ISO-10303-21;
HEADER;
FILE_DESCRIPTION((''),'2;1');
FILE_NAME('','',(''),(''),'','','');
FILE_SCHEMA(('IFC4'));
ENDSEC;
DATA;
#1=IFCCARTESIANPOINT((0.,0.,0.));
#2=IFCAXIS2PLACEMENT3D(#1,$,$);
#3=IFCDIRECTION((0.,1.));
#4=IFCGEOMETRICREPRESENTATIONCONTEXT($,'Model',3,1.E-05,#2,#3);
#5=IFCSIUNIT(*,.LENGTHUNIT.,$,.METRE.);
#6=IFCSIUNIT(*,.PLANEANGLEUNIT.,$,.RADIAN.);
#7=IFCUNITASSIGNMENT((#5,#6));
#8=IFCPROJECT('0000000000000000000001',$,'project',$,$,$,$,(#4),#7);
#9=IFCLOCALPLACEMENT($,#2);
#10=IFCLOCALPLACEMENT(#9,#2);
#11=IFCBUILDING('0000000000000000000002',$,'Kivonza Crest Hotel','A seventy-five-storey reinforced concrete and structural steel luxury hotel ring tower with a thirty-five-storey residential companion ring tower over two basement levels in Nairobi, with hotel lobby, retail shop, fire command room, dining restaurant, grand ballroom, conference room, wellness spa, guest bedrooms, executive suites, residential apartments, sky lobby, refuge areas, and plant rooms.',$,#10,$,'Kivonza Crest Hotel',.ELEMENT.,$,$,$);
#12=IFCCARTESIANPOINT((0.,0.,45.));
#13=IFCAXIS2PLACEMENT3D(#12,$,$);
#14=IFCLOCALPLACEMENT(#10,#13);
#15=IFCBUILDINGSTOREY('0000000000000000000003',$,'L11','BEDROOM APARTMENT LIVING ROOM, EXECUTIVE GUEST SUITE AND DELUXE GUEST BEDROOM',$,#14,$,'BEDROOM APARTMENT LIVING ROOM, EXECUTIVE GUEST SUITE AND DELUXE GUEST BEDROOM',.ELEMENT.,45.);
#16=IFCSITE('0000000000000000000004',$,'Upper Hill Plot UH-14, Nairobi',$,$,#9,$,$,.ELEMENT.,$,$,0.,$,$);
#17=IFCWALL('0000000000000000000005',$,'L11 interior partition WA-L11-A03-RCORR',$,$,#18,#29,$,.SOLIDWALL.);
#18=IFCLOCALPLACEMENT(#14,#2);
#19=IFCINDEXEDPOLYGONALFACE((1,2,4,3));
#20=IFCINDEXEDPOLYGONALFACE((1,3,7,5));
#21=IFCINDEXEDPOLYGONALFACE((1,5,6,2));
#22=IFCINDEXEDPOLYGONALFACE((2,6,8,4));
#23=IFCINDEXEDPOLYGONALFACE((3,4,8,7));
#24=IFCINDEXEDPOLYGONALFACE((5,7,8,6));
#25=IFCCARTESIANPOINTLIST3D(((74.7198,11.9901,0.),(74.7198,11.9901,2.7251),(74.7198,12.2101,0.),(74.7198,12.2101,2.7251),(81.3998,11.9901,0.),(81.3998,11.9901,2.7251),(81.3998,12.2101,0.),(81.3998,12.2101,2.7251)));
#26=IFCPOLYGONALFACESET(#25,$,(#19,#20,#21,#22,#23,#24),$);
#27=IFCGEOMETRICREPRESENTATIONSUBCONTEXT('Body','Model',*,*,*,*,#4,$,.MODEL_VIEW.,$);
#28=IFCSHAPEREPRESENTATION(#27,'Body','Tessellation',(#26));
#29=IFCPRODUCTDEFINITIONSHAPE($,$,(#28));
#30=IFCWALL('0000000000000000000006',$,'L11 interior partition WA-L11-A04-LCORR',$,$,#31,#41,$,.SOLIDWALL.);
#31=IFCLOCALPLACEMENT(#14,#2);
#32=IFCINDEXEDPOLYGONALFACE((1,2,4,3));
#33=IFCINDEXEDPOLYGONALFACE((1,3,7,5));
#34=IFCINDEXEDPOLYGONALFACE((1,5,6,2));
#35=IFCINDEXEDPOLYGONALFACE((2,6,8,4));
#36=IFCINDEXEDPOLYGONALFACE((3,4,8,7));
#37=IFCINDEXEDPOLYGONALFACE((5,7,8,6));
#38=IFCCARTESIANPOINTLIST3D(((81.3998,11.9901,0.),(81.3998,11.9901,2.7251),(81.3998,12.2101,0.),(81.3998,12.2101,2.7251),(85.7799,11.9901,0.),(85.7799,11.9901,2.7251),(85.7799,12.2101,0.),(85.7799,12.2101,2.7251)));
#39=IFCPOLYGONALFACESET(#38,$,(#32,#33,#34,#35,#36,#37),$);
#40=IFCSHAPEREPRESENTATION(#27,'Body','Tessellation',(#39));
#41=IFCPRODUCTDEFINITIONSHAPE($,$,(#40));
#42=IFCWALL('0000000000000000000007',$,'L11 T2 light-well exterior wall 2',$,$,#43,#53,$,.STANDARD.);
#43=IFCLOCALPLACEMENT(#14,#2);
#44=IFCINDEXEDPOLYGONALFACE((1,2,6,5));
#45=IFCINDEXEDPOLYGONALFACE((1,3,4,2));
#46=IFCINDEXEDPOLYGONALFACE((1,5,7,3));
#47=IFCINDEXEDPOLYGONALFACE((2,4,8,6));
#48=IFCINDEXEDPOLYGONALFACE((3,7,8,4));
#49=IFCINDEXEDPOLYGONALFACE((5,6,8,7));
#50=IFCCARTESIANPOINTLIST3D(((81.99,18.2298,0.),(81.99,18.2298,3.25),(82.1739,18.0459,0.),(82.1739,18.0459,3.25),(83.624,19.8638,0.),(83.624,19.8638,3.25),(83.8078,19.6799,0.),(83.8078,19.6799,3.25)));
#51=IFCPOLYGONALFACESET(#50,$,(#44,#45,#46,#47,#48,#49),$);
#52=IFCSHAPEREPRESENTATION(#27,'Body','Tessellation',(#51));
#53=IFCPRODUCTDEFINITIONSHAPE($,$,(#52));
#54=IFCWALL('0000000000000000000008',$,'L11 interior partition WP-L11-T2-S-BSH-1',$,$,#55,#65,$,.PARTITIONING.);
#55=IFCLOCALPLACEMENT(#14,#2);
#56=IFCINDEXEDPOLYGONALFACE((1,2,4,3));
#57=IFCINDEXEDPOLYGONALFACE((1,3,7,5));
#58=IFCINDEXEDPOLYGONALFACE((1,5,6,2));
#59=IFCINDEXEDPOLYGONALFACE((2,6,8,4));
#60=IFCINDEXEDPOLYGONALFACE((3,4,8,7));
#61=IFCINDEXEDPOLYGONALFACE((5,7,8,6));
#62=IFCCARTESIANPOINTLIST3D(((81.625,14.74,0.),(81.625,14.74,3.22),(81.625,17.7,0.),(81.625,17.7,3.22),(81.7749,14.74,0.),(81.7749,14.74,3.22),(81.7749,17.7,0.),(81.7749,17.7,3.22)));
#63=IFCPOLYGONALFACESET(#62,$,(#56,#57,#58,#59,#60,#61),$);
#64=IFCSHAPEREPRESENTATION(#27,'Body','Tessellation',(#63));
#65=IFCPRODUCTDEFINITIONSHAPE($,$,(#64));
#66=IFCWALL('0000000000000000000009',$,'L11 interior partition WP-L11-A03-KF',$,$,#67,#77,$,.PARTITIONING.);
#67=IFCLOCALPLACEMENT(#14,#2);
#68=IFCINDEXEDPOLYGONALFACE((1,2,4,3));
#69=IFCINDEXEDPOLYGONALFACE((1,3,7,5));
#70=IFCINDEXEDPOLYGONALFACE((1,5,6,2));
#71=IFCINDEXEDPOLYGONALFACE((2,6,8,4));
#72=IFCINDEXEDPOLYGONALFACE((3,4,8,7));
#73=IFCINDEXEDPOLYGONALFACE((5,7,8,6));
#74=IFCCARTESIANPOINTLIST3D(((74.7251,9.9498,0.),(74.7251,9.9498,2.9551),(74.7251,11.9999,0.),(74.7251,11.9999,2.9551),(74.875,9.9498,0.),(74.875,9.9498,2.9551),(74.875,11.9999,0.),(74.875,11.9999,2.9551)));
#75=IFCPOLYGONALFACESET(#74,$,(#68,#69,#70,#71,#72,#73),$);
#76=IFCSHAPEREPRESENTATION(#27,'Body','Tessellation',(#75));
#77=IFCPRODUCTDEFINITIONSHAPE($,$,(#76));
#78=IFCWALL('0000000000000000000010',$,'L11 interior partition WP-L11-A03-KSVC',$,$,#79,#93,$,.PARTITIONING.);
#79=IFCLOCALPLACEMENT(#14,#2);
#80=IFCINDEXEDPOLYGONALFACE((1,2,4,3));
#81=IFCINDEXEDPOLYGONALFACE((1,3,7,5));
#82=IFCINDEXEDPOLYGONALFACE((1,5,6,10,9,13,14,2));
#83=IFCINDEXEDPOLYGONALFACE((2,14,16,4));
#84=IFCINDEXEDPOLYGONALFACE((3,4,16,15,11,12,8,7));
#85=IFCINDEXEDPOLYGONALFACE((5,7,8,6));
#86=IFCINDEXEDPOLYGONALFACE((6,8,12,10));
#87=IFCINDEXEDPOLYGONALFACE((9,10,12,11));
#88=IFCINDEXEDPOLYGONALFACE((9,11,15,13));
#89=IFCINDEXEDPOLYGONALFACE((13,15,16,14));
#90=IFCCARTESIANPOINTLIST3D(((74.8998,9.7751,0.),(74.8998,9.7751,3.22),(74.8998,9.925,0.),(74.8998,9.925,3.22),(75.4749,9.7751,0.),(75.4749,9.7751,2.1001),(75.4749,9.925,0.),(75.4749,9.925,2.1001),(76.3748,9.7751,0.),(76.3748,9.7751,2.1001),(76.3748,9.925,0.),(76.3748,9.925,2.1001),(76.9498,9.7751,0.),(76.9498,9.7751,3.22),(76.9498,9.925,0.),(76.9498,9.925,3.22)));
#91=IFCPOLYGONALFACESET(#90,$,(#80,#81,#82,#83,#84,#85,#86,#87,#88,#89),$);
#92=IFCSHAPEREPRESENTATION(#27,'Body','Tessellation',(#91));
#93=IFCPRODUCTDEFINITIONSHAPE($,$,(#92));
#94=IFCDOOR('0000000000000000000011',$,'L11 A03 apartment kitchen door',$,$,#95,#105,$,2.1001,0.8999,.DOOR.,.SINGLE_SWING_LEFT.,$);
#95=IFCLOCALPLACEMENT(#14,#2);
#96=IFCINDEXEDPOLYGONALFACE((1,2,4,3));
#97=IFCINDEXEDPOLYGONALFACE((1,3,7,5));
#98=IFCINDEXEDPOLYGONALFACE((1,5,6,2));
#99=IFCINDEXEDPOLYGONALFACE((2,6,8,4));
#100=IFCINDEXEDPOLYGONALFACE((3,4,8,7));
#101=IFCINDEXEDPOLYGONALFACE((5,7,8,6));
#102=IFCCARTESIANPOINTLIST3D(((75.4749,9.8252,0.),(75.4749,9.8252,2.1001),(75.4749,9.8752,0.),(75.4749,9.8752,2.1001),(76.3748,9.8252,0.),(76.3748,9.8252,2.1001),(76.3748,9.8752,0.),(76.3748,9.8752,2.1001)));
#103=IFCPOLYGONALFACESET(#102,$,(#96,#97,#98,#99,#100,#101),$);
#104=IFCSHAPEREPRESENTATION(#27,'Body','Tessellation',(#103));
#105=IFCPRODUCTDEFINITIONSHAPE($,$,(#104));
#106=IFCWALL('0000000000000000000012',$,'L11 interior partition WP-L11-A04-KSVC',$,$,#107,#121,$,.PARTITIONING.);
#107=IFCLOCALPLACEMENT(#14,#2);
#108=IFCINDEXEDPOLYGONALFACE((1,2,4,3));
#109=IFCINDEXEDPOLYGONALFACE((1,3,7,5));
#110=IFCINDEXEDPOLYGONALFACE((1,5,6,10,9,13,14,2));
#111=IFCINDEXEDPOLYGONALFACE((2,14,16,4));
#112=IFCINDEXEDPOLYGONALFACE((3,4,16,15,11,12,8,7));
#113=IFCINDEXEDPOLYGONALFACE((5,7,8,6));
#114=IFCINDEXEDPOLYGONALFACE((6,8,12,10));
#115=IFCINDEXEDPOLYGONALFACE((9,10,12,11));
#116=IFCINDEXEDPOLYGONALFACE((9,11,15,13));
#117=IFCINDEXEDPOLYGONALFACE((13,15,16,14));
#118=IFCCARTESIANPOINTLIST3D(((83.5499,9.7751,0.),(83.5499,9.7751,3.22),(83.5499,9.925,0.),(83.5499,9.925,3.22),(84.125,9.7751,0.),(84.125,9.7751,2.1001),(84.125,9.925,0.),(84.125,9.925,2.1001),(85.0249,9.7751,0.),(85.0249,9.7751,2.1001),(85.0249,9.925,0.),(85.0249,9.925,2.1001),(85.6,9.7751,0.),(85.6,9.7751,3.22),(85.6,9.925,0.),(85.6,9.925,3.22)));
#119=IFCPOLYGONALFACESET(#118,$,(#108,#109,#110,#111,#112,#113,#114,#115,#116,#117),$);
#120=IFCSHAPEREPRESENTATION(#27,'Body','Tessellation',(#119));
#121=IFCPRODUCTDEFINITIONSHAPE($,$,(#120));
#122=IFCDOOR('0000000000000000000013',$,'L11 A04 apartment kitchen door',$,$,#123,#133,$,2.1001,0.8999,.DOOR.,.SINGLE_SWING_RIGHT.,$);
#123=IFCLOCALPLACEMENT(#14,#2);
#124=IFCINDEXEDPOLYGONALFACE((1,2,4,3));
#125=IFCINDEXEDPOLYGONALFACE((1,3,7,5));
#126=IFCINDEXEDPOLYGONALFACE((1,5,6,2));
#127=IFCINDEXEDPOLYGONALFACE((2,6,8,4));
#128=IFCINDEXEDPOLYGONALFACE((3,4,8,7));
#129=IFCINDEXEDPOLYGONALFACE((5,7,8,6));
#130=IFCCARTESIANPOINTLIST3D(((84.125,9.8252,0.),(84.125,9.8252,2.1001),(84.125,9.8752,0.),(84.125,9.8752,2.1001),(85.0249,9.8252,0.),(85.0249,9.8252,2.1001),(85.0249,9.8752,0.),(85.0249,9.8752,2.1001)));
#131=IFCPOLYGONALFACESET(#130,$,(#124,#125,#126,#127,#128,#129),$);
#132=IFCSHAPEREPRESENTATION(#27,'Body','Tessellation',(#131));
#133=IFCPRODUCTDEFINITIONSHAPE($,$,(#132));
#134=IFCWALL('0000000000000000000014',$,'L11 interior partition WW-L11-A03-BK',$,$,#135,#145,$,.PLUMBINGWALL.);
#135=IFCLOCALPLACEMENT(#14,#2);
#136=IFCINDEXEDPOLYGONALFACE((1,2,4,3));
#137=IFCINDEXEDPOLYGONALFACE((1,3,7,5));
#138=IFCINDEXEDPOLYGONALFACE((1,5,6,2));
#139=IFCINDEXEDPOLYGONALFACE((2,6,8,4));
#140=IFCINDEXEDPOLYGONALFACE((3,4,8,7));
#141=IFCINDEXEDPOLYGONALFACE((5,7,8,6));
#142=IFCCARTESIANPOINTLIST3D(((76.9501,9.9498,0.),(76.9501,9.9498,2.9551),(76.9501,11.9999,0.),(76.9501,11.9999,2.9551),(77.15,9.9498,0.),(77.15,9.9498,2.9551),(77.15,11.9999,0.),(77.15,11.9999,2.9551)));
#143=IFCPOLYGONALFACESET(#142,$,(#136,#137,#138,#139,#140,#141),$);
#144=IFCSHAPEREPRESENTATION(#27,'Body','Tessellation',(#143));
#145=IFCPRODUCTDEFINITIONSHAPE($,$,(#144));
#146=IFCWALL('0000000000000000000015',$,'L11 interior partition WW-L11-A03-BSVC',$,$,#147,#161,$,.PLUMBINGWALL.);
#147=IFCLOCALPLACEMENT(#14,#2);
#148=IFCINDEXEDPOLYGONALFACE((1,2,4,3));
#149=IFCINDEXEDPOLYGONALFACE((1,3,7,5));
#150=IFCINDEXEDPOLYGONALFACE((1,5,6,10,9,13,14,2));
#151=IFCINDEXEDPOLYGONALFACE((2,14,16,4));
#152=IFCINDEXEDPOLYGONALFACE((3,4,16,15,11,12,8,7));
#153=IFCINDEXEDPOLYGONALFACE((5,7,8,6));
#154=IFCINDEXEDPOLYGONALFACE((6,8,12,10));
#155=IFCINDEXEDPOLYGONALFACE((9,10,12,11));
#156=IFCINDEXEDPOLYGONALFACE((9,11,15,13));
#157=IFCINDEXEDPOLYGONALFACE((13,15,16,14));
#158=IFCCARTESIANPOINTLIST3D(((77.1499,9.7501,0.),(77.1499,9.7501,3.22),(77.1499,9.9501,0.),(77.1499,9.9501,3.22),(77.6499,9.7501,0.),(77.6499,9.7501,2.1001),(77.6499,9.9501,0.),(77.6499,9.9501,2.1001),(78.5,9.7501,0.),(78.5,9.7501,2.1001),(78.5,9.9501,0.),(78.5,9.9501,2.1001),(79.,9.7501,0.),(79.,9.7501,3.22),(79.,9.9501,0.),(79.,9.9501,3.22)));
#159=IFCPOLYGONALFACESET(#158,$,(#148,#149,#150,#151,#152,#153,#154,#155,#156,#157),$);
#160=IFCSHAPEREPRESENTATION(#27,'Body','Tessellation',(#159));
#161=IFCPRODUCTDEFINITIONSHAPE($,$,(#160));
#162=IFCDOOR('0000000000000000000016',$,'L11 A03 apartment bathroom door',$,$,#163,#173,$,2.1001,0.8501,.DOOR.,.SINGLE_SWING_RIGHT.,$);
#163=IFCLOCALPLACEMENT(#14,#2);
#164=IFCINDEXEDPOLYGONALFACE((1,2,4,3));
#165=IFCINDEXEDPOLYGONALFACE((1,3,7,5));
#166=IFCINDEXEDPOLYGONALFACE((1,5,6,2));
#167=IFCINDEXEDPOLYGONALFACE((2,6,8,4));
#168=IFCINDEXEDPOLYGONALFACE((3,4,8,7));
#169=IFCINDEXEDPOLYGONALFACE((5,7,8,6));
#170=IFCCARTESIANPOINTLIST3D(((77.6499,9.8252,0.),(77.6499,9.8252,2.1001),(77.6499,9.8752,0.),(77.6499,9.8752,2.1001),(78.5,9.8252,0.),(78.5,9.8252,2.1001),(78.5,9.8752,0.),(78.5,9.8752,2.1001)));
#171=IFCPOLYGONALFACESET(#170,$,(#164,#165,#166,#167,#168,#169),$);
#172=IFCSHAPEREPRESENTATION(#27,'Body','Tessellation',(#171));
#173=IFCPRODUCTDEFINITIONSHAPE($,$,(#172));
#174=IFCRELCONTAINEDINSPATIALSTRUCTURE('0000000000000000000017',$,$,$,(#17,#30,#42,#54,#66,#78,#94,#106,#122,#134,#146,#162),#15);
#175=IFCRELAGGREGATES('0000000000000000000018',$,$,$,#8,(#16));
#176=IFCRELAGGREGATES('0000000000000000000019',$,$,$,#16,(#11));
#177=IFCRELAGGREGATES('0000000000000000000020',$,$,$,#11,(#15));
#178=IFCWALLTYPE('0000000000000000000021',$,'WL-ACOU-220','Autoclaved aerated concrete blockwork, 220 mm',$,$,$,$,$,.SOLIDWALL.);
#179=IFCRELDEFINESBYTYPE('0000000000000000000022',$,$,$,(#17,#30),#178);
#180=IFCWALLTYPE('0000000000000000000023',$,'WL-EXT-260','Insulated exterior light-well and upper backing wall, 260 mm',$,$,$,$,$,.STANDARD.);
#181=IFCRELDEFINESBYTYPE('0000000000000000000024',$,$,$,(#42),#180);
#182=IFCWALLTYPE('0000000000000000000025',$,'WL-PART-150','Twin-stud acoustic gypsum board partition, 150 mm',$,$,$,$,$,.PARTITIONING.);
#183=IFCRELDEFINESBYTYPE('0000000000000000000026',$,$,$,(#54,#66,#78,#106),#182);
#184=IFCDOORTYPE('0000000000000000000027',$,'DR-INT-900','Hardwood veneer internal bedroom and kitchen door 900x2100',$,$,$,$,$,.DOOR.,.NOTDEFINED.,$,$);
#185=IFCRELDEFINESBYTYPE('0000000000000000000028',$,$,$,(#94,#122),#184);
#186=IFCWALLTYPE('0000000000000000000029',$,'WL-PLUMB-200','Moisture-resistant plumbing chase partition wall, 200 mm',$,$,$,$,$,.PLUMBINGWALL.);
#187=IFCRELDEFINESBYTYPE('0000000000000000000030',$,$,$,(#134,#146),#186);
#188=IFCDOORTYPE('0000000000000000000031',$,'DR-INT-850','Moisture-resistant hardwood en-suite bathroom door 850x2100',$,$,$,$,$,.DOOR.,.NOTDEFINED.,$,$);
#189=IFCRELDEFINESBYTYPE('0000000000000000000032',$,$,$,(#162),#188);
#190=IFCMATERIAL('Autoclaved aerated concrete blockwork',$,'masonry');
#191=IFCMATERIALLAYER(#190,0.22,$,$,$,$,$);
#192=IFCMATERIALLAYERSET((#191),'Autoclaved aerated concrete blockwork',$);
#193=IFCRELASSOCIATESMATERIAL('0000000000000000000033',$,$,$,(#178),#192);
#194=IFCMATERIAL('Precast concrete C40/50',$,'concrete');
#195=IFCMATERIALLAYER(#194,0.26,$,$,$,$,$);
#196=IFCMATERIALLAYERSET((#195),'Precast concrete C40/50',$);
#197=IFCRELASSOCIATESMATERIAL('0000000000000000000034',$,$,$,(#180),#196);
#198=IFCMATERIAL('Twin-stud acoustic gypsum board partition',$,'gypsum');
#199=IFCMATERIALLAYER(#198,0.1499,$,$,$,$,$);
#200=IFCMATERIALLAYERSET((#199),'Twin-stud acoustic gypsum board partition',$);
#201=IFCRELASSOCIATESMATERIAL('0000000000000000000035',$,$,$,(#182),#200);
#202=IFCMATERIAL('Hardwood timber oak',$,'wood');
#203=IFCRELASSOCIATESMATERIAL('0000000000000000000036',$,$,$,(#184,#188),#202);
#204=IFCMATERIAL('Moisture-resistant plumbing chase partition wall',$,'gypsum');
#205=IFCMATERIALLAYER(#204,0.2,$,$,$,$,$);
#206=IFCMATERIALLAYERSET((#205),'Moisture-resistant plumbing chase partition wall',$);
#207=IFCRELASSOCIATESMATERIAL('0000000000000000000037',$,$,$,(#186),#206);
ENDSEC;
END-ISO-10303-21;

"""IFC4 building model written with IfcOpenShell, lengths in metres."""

from ifc_helpers import new_model, si_unit, direction, frame, frame_2d, origin, place, context, subcontext, project, spatial, rectangle, extrude, material, layer, layer_set, type_object, element, fill, save


model = new_model("IFC4")

# Units and contexts
model_context = context("Model", 3, precision=1e-05, world=origin(), true_north=direction((0.0, 1.0)))
body_context = subcontext(model_context, "Body", "Model", "MODEL_VIEW")
ifc_project = project(units=[si_unit("LENGTHUNIT", "METRE"), si_unit("PLANEANGLEUNIT", "RADIAN")], contexts=[model_context])

# Site, building, storey
site_placement = place(None, origin())
site = spatial("IfcSite", under=ifc_project, at=site_placement, Name="Upper Hill Plot UH-14, Nairobi", CompositionType="ELEMENT", RefElevation=0.0)
building_placement = place(site_placement, origin())
building = spatial("IfcBuilding", under=site, at=building_placement, Name="Kivonza Crest Hotel", Description="A seventy-five-storey reinforced concrete and structural steel luxury hotel ring tower with a thirty-five-storey residential companion ring tower over two basement levels in Nairobi, with hotel lobby, retail shop, fire command room, dining restaurant, grand ballroom, conference room, wellness spa, guest bedrooms, executive suites, residential apartments, sky lobby, refuge areas, and plant rooms.", LongName="Kivonza Crest Hotel", CompositionType="ELEMENT")
storey_placement = place(building_placement, frame((0.0, 0.0, 45.0)))
storey = spatial("IfcBuildingStorey", under=building, at=storey_placement, Name="L11", Description="BEDROOM APARTMENT LIVING ROOM, EXECUTIVE GUEST SUITE AND DELUXE GUEST BEDROOM", LongName="BEDROOM APARTMENT LIVING ROOM, EXECUTIVE GUEST SUITE AND DELUXE GUEST BEDROOM", CompositionType="ELEMENT", Elevation=45.0)

# Walls
ifc_material_1 = material(Name="Autoclaved aerated concrete blockwork", Category="masonry")
ifc_layer_1 = layer(ifc_material_1, 0.22)
ifc_layer_set_1 = layer_set([ifc_layer_1], Name="Autoclaved aerated concrete blockwork")
wall_type_1 = type_object("IfcWallType", Name="WL-ACOU-220", Description="Autoclaved aerated concrete blockwork, 220 mm", PredefinedType="SOLIDWALL", material=ifc_layer_set_1)
wall_1_placement = place(storey_placement, frame((74.72, 12.1001, 0.0), z_axis=(0.0, 0.0, 1.0), x_axis=(1.0, 0.0, 0.0)))
element("IfcWall", 1, at=wall_1_placement, inside=storey, type_object=wall_type_1, Name="L11 interior partition WA-L11-A03-RCORR", PredefinedType="SOLIDWALL", context=body_context, shape_type="SweptSolid", body=[
    extrude(rectangle(XDim=6.6799, YDim=0.22, at=frame_2d((3.3398, 0.0))), origin(), (0.0, 0.0, 1.0), 2.7251),
])
wall_2_placement = place(storey_placement, frame((81.3999, 12.1001, 0.0), z_axis=(0.0, 0.0, 1.0), x_axis=(1.0, 0.0, 0.0)))
element("IfcWall", 2, at=wall_2_placement, inside=storey, type_object=wall_type_1, Name="L11 interior partition WA-L11-A04-LCORR", PredefinedType="SOLIDWALL", context=body_context, shape_type="SweptSolid", body=[
    extrude(rectangle(XDim=4.3801, YDim=0.22, at=frame_2d((2.1899, 0.0))), origin(), (0.0, 0.0, 1.0), 2.7251),
])
ifc_material_2 = material(Name="Precast concrete C40/50", Category="concrete")
ifc_layer_2 = layer(ifc_material_2, 0.26)
ifc_layer_set_2 = layer_set([ifc_layer_2], Name="Precast concrete C40/50")
wall_type_2 = type_object("IfcWallType", Name="WL-EXT-260", Description="Insulated exterior light-well and upper backing wall, 260 mm", PredefinedType="STANDARD", material=ifc_layer_set_2)
wall_3_placement = place(storey_placement, frame((82.082, 18.1379, 0.0), z_axis=(0.0, 0.0, 1.0), x_axis=(0.707107, 0.707107, 0.0)))
element("IfcWall", 3, at=wall_3_placement, inside=storey, type_object=wall_type_2, Name="L11 T2 light-well exterior wall 2", PredefinedType="STANDARD", context=body_context, shape_type="SweptSolid", body=[
    extrude(rectangle(XDim=2.3108, YDim=0.26, at=frame_2d((1.1553, 0.0))), origin(), (0.0, 0.0, 1.0), 3.25),
])
ifc_material_3 = material(Name="Twin-stud acoustic gypsum board partition", Category="gypsum")
ifc_layer_3 = layer(ifc_material_3, 0.1499)
ifc_layer_set_3 = layer_set([ifc_layer_3], Name="Twin-stud acoustic gypsum board partition")
wall_type_3 = type_object("IfcWallType", Name="WL-PART-150", Description="Twin-stud acoustic gypsum board partition, 150 mm", PredefinedType="PARTITIONING", material=ifc_layer_set_3)
wall_4_placement = place(storey_placement, frame((81.7, 14.74, 0.0), z_axis=(0.0, 0.0, 1.0), x_axis=(0.0, 1.0, 0.0)))
element("IfcWall", 4, at=wall_4_placement, inside=storey, type_object=wall_type_3, Name="L11 interior partition WP-L11-T2-S-BSH-1", PredefinedType="PARTITIONING", context=body_context, shape_type="SweptSolid", body=[
    extrude(rectangle(XDim=2.96, YDim=0.1499, at=frame_2d((1.48, 0.0))), origin(), (0.0, 0.0, 1.0), 3.22),
])
wall_5_placement = place(storey_placement, frame((74.8, 9.95, 0.0), z_axis=(0.0, 0.0, 1.0), x_axis=(0.0, 1.0, 0.0)))
element("IfcWall", 5, at=wall_5_placement, inside=storey, type_object=wall_type_3, Name="L11 interior partition WP-L11-A03-KF", PredefinedType="PARTITIONING", context=body_context, shape_type="SweptSolid", body=[
    extrude(rectangle(XDim=2.05, YDim=0.1499, at=frame_2d((1.0249, 0.0))), origin(), (0.0, 0.0, 1.0), 2.9551),
])

# Walls, openings, doors
wall_6_placement = place(storey_placement, frame((74.8999, 9.8501, 0.0), z_axis=(0.0, 0.0, 1.0), x_axis=(1.0, 0.0, 0.0)))
wall_6 = element("IfcWall", 6, at=wall_6_placement, inside=storey, type_object=wall_type_3, Name="L11 interior partition WP-L11-A03-KSVC", PredefinedType="PARTITIONING", context=body_context, shape_type="SweptSolid", body=[
    extrude(rectangle(XDim=2.05, YDim=0.1499, at=frame_2d((1.0249, 0.0))), origin(), (0.0, 0.0, 1.0), 3.22),
])
opening_1_placement = place(wall_6_placement, frame((0.575, 0.0, 0.0)))
opening_1 = element("IfcOpeningElement", 7, at=opening_1_placement, cuts=wall_6, PredefinedType="OPENING", context=body_context, shape_type="SweptSolid", body=[
    extrude(rectangle(XDim=0.8999, YDim=2.1001, at=frame_2d((0.45, 1.05))), frame((0.0, 0.085, 0.0), z_axis=(0.0, -1.0, 0.0), x_axis=(1.0, 0.0, 0.0)), (0.0, 0.0, 1.0), 0.1699),
])
ifc_material_4 = material(Name="Hardwood timber oak", Category="wood")
door_type_1 = type_object("IfcDoorType", Name="DR-INT-900", Description="Hardwood veneer internal bedroom and kitchen door 900x2100", OperationType="NOTDEFINED", PredefinedType="DOOR", material=ifc_material_4)
door_1_placement = place(opening_1_placement, frame((0.8999, 0.0, 0.0), z_axis=(0.0, 0.0, 1.0), x_axis=(-1.0, 0.0, 0.0)))
door_1 = element("IfcDoor", 8, at=door_1_placement, inside=storey, type_object=door_type_1, Name="L11 A03 apartment kitchen door", OperationType="SINGLE_SWING_LEFT", OverallHeight=2.1001, OverallWidth=0.8999, PredefinedType="DOOR", context=body_context, shape_type="SweptSolid", body=[
    extrude(rectangle(XDim=0.8999, YDim=2.1001, at=frame_2d((0.45, 1.05))), frame((0.0, 0.0249, 0.0), z_axis=(0.0, -1.0, 0.0), x_axis=(1.0, 0.0, 0.0)), (0.0, 0.0, 1.0), 0.05),
])
fill(opening_1, door_1)
wall_7_placement = place(storey_placement, frame((83.55, 9.8501, 0.0), z_axis=(0.0, 0.0, 1.0), x_axis=(1.0, 0.0, 0.0)))
wall_7 = element("IfcWall", 9, at=wall_7_placement, inside=storey, type_object=wall_type_3, Name="L11 interior partition WP-L11-A04-KSVC", PredefinedType="PARTITIONING", context=body_context, shape_type="SweptSolid", body=[
    extrude(rectangle(XDim=2.05, YDim=0.1499, at=frame_2d((1.0249, 0.0))), origin(), (0.0, 0.0, 1.0), 3.22),
])
opening_2_placement = place(wall_7_placement, frame((0.575, 0.0, 0.0)))
opening_2 = element("IfcOpeningElement", 10, at=opening_2_placement, cuts=wall_7, PredefinedType="OPENING", context=body_context, shape_type="SweptSolid", body=[
    extrude(rectangle(XDim=0.8999, YDim=2.1001, at=frame_2d((0.45, 1.05))), frame((0.0, 0.085, 0.0), z_axis=(0.0, -1.0, 0.0), x_axis=(1.0, 0.0, 0.0)), (0.0, 0.0, 1.0), 0.1699),
])
door_2_placement = place(opening_2_placement, frame((0.8999, 0.0, 0.0), z_axis=(0.0, 0.0, 1.0), x_axis=(-1.0, 0.0, 0.0)))
door_2 = element("IfcDoor", 11, at=door_2_placement, inside=storey, type_object=door_type_1, Name="L11 A04 apartment kitchen door", OperationType="SINGLE_SWING_RIGHT", OverallHeight=2.1001, OverallWidth=0.8999, PredefinedType="DOOR", context=body_context, shape_type="SweptSolid", body=[
    extrude(rectangle(XDim=0.8999, YDim=2.1001, at=frame_2d((0.45, 1.05))), frame((0.0, 0.0249, 0.0), z_axis=(0.0, -1.0, 0.0), x_axis=(1.0, 0.0, 0.0)), (0.0, 0.0, 1.0), 0.05),
])
fill(opening_2, door_2)

# Wall
ifc_material_5 = material(Name="Moisture-resistant plumbing chase partition wall", Category="gypsum")
ifc_layer_4 = layer(ifc_material_5, 0.2)
ifc_layer_set_4 = layer_set([ifc_layer_4], Name="Moisture-resistant plumbing chase partition wall")
wall_type_4 = type_object("IfcWallType", Name="WL-PLUMB-200", Description="Moisture-resistant plumbing chase partition wall, 200 mm", PredefinedType="PLUMBINGWALL", material=ifc_layer_set_4)
wall_8_placement = place(storey_placement, frame((77.05, 9.95, 0.0), z_axis=(0.0, 0.0, 1.0), x_axis=(0.0, 1.0, 0.0)))
element("IfcWall", 12, at=wall_8_placement, inside=storey, type_object=wall_type_4, Name="L11 interior partition WW-L11-A03-BK", PredefinedType="PLUMBINGWALL", context=body_context, shape_type="SweptSolid", body=[
    extrude(rectangle(XDim=2.05, YDim=0.2, at=frame_2d((1.0249, 0.0))), origin(), (0.0, 0.0, 1.0), 2.9551),
])

# Wall, opening, door
wall_9_placement = place(storey_placement, frame((77.1499, 9.8501, 0.0), z_axis=(0.0, 0.0, 1.0), x_axis=(1.0, 0.0, 0.0)))
wall_9 = element("IfcWall", 13, at=wall_9_placement, inside=storey, type_object=wall_type_4, Name="L11 interior partition WW-L11-A03-BSVC", PredefinedType="PLUMBINGWALL", context=body_context, shape_type="SweptSolid", body=[
    extrude(rectangle(XDim=1.8501, YDim=0.2, at=frame_2d((0.925, 0.0))), origin(), (0.0, 0.0, 1.0), 3.22),
])
opening_3_placement = place(wall_9_placement, frame((0.5, 0.0, 0.0)))
opening_3 = element("IfcOpeningElement", 14, at=opening_3_placement, cuts=wall_9, PredefinedType="OPENING", context=body_context, shape_type="SweptSolid", body=[
    extrude(rectangle(XDim=0.8501, YDim=2.1001, at=frame_2d((0.425, 1.05))), frame((0.0, 0.1099, 0.0), z_axis=(0.0, -1.0, 0.0), x_axis=(1.0, 0.0, 0.0)), (0.0, 0.0, 1.0), 0.22),
])
door_type_2 = type_object("IfcDoorType", Name="DR-INT-850", Description="Moisture-resistant hardwood en-suite bathroom door 850x2100", OperationType="NOTDEFINED", PredefinedType="DOOR", material=ifc_material_4)
door_3_placement = place(opening_3_placement, frame((0.8501, 0.0, 0.0), z_axis=(0.0, 0.0, 1.0), x_axis=(-1.0, 0.0, 0.0)))
door_3 = element("IfcDoor", 15, at=door_3_placement, inside=storey, type_object=door_type_2, Name="L11 A03 apartment bathroom door", OperationType="SINGLE_SWING_RIGHT", OverallHeight=2.1001, OverallWidth=0.8501, PredefinedType="DOOR", context=body_context, shape_type="SweptSolid", body=[
    extrude(rectangle(XDim=0.8501, YDim=2.1001, at=frame_2d((0.425, 1.05))), frame((0.0, 0.0249, 0.0), z_axis=(0.0, -1.0, 0.0), x_axis=(1.0, 0.0, 0.0)), (0.0, 0.0, 1.0), 0.05),
])
fill(opening_3, door_3)

save(model, "model.ifc")
